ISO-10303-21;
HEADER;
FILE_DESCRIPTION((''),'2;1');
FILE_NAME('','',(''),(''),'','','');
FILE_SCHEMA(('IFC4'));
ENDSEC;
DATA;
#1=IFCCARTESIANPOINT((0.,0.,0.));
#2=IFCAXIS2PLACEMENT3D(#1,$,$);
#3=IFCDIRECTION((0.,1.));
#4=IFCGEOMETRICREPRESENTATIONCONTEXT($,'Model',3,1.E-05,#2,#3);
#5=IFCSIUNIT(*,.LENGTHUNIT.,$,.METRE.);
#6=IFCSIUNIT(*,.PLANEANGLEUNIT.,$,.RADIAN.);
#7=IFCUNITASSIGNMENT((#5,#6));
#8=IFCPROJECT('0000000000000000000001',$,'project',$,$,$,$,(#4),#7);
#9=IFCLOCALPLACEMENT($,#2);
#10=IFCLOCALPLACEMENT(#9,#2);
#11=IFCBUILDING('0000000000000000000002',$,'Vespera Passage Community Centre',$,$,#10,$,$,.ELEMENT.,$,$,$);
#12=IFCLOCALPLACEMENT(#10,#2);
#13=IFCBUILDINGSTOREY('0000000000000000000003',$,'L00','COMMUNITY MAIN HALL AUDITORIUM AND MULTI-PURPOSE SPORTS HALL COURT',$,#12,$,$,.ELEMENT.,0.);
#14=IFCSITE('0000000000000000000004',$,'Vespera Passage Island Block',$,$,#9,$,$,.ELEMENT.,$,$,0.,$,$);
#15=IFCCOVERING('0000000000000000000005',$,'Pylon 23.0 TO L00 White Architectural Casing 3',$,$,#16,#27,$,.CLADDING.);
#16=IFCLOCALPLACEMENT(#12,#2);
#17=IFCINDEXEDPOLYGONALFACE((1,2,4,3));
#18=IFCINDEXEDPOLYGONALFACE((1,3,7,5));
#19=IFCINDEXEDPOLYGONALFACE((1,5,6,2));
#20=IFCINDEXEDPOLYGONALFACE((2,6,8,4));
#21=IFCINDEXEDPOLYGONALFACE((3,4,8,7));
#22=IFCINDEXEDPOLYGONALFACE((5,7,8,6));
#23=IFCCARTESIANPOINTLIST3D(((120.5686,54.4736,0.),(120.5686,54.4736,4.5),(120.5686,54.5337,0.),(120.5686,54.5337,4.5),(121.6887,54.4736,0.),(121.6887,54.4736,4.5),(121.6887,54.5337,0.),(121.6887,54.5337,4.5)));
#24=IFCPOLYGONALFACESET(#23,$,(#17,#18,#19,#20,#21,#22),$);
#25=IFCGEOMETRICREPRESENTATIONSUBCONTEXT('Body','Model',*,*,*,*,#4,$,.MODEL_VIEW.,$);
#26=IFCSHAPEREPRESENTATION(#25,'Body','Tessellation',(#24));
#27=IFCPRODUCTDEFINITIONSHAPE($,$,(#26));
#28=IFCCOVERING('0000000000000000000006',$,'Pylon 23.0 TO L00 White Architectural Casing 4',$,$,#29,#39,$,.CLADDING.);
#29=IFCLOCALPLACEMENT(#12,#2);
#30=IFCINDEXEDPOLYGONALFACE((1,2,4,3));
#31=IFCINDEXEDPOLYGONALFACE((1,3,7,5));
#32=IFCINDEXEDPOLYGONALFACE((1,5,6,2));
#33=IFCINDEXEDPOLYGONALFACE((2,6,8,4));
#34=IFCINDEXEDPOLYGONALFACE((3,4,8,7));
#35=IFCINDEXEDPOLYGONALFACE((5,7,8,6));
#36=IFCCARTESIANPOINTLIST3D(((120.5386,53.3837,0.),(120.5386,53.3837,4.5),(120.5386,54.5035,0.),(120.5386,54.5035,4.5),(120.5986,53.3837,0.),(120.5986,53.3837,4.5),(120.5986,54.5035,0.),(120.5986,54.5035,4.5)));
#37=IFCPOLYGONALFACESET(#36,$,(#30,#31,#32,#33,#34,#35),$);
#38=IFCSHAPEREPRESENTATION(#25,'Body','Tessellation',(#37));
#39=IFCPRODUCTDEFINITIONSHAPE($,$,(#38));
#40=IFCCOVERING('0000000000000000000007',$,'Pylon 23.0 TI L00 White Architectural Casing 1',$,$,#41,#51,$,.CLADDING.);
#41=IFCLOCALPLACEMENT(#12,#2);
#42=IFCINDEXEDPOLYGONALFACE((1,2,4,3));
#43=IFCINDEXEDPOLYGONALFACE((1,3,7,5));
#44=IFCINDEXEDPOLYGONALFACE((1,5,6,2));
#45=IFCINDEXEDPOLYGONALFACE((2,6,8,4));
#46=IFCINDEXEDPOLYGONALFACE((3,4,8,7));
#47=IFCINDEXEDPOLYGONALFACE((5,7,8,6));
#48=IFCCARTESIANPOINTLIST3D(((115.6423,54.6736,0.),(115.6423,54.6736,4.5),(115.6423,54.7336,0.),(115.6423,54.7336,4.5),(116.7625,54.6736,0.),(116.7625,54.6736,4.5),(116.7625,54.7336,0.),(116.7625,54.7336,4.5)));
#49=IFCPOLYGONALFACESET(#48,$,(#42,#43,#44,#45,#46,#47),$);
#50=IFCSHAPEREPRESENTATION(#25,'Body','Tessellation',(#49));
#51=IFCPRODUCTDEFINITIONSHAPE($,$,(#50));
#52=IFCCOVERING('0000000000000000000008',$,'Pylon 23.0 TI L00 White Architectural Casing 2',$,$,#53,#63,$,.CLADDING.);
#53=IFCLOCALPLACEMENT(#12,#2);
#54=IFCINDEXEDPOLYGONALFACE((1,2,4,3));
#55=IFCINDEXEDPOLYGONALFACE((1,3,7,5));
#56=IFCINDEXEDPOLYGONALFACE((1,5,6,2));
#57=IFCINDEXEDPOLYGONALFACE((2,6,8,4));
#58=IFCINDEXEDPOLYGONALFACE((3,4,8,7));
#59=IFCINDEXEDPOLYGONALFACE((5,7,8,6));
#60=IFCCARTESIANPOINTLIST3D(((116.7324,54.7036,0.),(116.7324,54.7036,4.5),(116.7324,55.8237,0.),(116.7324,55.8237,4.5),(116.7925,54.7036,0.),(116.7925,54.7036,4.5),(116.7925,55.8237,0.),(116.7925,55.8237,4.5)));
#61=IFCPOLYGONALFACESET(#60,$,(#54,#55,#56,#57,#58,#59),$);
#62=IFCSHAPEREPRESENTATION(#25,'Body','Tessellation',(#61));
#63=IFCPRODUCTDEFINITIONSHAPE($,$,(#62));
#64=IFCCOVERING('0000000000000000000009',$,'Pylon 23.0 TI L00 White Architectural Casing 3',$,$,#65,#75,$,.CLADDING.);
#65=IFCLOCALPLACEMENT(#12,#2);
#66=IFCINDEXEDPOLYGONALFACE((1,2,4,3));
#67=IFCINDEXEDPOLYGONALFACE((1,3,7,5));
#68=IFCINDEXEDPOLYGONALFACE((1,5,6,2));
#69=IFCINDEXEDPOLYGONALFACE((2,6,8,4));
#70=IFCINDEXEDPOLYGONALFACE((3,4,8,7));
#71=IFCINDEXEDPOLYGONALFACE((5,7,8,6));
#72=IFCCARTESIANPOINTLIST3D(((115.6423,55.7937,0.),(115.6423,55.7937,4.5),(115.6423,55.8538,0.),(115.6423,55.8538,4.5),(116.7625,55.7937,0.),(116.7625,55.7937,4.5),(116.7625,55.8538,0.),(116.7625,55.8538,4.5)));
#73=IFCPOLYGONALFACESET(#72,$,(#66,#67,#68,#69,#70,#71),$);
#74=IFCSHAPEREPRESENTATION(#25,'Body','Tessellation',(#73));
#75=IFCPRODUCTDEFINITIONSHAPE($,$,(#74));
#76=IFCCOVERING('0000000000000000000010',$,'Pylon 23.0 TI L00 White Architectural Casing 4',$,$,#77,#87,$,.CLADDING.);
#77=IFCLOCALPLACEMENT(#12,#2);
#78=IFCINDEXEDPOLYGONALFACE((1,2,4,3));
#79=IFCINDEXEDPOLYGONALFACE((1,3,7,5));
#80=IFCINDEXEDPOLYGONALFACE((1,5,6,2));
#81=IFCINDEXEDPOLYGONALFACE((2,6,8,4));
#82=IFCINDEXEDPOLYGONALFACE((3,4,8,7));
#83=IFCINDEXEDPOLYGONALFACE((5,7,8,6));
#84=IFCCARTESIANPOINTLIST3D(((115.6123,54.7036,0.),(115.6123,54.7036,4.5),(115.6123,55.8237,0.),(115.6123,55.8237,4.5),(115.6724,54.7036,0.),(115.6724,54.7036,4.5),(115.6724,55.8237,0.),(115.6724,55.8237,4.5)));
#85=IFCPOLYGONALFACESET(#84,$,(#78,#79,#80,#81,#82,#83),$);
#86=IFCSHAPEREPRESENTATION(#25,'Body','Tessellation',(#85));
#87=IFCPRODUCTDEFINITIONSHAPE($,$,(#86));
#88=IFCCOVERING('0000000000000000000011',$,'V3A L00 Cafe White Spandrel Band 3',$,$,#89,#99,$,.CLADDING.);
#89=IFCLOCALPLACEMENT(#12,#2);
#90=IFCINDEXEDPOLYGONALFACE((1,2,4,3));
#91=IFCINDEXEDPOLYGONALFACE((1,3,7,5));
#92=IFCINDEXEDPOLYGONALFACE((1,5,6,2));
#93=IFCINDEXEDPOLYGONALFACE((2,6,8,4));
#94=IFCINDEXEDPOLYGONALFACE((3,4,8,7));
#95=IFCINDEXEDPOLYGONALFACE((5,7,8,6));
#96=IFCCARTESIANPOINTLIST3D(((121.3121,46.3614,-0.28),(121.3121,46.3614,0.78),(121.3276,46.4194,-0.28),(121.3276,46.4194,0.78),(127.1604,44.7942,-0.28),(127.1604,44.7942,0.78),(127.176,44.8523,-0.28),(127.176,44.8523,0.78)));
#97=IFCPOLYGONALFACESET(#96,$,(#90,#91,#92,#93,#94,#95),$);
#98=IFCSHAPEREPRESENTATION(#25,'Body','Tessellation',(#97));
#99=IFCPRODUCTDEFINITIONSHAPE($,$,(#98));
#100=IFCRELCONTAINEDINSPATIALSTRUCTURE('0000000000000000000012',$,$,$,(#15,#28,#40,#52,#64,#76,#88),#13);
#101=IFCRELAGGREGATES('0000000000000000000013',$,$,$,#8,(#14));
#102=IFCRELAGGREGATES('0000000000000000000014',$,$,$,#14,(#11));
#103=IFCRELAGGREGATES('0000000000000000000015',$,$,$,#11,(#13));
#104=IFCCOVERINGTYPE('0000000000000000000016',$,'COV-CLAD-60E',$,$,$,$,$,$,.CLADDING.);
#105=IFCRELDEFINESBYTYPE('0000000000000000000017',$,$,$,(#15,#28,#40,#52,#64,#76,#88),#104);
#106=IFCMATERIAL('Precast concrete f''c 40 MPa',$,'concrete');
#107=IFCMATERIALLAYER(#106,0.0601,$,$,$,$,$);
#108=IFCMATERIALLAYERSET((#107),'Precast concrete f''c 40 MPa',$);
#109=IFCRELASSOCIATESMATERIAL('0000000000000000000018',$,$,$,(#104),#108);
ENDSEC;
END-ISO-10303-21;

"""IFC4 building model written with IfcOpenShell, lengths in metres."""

from ifc_helpers import new_model, si_unit, direction, frame, frame_2d, origin, place, context, subcontext, project, spatial, rectangle, extrude, material, layer, layer_set, type_object, element, save


model = new_model("IFC4")

# Units and contexts
model_context = context("Model", 3, precision=1e-05, world=origin(), true_north=direction((0.0, 1.0)))
body_context = subcontext(model_context, "Body", "Model", "MODEL_VIEW")
ifc_project = project(units=[si_unit("LENGTHUNIT", "METRE"), si_unit("PLANEANGLEUNIT", "RADIAN")], contexts=[model_context])

# Site, building, storey
site_placement = place(None, origin())
site = spatial("IfcSite", under=ifc_project, at=site_placement, Name="Vespera Passage Island Block", CompositionType="ELEMENT", RefElevation=0.0)
building_placement = place(site_placement, origin())
building = spatial("IfcBuilding", under=site, at=building_placement, Name="Vespera Passage Community Centre", CompositionType="ELEMENT")
storey_placement = place(building_placement, origin())
storey = spatial("IfcBuildingStorey", under=building, at=storey_placement, Name="L00", Description="COMMUNITY MAIN HALL AUDITORIUM AND MULTI-PURPOSE SPORTS HALL COURT", CompositionType="ELEMENT", Elevation=0.0)

# Coverings
ifc_material_1 = material(Name="Precast concrete f'c 40 MPa", Category="concrete")
ifc_layer = layer(ifc_material_1, 0.0601)
ifc_layer_set = layer_set([ifc_layer], Name="Precast concrete f'c 40 MPa")
covering_type = type_object("IfcCoveringType", Name="COV-CLAD-60E", PredefinedType="CLADDING", material=ifc_layer_set)
covering_1_placement = place(storey_placement, frame((121.6887, 54.5037, 0.0), z_axis=(0.0, 0.0, 1.0), x_axis=(-1.0, 0.0, 0.0)))
element("IfcCovering", 1, at=covering_1_placement, inside=storey, type_object=covering_type, Name="Pylon 23.0 TO L00 White Architectural Casing 3", PredefinedType="CLADDING", context=body_context, shape_type="SweptSolid", body=[
    extrude(rectangle(XDim=1.1201, YDim=0.0601, at=frame_2d((0.5601, 0.0))), origin(), (0.0, 0.0, 1.0), 4.5),
])
covering_2_placement = place(storey_placement, frame((120.5686, 54.5037, 0.0), z_axis=(0.0, 0.0, 1.0), x_axis=(0.0, -1.0, 0.0)))
element("IfcCovering", 2, at=covering_2_placement, inside=storey, type_object=covering_type, Name="Pylon 23.0 TO L00 White Architectural Casing 4", PredefinedType="CLADDING", context=body_context, shape_type="SweptSolid", body=[
    extrude(rectangle(XDim=1.1199, YDim=0.0601, at=frame_2d((0.5601, 0.0))), origin(), (0.0, 0.0, 1.0), 4.5),
])
for number, where, z_axis, x_axis, name in (
    (3, (115.6423, 54.7036, 0.0), (0.0, 0.0, 1.0), (1.0, 0.0, 0.0), "Pylon 23.0 TI L00 White Architectural Casing 1"),
    (4, (116.7625, 54.7036, 0.0), (0.0, 0.0, 1.0), (0.0, 1.0, 0.0), "Pylon 23.0 TI L00 White Architectural Casing 2"),
    (5, (116.7625, 55.8237, 0.0), (0.0, 0.0, 1.0), (-1.0, 0.0, 0.0), "Pylon 23.0 TI L00 White Architectural Casing 3"),
    (6, (115.6423, 55.8237, 0.0), (0.0, 0.0, 1.0), (0.0, -1.0, 0.0), "Pylon 23.0 TI L00 White Architectural Casing 4"),
):
    element("IfcCovering", number, at=place(storey_placement, frame(where, z_axis=z_axis, x_axis=x_axis)), inside=storey, type_object=covering_type, Name=name, PredefinedType="CLADDING", context=body_context, shape_type="SweptSolid", body=[
        extrude(rectangle(XDim=1.1201, YDim=0.0601, at=frame_2d((0.5601, 0.0))), origin(), (0.0, 0.0, 1.0), 4.5),
    ])
covering_3_placement = place(storey_placement, frame((121.3198, 46.3904, -0.28), z_axis=(0.0, 0.0, 1.0), x_axis=(0.965923, -0.258829, 0.0)))
element("IfcCovering", 7, at=covering_3_placement, inside=storey, type_object=covering_type, Name="V3A L00 Cafe White Spandrel Band 3", PredefinedType="CLADDING", context=body_context, shape_type="SweptSolid", body=[
    extrude(rectangle(XDim=6.0547, YDim=0.0601, at=frame_2d((3.0273, 0.0))), origin(), (0.0, 0.0, 1.0), 1.0601),
])

save(model, "model.ifc")
